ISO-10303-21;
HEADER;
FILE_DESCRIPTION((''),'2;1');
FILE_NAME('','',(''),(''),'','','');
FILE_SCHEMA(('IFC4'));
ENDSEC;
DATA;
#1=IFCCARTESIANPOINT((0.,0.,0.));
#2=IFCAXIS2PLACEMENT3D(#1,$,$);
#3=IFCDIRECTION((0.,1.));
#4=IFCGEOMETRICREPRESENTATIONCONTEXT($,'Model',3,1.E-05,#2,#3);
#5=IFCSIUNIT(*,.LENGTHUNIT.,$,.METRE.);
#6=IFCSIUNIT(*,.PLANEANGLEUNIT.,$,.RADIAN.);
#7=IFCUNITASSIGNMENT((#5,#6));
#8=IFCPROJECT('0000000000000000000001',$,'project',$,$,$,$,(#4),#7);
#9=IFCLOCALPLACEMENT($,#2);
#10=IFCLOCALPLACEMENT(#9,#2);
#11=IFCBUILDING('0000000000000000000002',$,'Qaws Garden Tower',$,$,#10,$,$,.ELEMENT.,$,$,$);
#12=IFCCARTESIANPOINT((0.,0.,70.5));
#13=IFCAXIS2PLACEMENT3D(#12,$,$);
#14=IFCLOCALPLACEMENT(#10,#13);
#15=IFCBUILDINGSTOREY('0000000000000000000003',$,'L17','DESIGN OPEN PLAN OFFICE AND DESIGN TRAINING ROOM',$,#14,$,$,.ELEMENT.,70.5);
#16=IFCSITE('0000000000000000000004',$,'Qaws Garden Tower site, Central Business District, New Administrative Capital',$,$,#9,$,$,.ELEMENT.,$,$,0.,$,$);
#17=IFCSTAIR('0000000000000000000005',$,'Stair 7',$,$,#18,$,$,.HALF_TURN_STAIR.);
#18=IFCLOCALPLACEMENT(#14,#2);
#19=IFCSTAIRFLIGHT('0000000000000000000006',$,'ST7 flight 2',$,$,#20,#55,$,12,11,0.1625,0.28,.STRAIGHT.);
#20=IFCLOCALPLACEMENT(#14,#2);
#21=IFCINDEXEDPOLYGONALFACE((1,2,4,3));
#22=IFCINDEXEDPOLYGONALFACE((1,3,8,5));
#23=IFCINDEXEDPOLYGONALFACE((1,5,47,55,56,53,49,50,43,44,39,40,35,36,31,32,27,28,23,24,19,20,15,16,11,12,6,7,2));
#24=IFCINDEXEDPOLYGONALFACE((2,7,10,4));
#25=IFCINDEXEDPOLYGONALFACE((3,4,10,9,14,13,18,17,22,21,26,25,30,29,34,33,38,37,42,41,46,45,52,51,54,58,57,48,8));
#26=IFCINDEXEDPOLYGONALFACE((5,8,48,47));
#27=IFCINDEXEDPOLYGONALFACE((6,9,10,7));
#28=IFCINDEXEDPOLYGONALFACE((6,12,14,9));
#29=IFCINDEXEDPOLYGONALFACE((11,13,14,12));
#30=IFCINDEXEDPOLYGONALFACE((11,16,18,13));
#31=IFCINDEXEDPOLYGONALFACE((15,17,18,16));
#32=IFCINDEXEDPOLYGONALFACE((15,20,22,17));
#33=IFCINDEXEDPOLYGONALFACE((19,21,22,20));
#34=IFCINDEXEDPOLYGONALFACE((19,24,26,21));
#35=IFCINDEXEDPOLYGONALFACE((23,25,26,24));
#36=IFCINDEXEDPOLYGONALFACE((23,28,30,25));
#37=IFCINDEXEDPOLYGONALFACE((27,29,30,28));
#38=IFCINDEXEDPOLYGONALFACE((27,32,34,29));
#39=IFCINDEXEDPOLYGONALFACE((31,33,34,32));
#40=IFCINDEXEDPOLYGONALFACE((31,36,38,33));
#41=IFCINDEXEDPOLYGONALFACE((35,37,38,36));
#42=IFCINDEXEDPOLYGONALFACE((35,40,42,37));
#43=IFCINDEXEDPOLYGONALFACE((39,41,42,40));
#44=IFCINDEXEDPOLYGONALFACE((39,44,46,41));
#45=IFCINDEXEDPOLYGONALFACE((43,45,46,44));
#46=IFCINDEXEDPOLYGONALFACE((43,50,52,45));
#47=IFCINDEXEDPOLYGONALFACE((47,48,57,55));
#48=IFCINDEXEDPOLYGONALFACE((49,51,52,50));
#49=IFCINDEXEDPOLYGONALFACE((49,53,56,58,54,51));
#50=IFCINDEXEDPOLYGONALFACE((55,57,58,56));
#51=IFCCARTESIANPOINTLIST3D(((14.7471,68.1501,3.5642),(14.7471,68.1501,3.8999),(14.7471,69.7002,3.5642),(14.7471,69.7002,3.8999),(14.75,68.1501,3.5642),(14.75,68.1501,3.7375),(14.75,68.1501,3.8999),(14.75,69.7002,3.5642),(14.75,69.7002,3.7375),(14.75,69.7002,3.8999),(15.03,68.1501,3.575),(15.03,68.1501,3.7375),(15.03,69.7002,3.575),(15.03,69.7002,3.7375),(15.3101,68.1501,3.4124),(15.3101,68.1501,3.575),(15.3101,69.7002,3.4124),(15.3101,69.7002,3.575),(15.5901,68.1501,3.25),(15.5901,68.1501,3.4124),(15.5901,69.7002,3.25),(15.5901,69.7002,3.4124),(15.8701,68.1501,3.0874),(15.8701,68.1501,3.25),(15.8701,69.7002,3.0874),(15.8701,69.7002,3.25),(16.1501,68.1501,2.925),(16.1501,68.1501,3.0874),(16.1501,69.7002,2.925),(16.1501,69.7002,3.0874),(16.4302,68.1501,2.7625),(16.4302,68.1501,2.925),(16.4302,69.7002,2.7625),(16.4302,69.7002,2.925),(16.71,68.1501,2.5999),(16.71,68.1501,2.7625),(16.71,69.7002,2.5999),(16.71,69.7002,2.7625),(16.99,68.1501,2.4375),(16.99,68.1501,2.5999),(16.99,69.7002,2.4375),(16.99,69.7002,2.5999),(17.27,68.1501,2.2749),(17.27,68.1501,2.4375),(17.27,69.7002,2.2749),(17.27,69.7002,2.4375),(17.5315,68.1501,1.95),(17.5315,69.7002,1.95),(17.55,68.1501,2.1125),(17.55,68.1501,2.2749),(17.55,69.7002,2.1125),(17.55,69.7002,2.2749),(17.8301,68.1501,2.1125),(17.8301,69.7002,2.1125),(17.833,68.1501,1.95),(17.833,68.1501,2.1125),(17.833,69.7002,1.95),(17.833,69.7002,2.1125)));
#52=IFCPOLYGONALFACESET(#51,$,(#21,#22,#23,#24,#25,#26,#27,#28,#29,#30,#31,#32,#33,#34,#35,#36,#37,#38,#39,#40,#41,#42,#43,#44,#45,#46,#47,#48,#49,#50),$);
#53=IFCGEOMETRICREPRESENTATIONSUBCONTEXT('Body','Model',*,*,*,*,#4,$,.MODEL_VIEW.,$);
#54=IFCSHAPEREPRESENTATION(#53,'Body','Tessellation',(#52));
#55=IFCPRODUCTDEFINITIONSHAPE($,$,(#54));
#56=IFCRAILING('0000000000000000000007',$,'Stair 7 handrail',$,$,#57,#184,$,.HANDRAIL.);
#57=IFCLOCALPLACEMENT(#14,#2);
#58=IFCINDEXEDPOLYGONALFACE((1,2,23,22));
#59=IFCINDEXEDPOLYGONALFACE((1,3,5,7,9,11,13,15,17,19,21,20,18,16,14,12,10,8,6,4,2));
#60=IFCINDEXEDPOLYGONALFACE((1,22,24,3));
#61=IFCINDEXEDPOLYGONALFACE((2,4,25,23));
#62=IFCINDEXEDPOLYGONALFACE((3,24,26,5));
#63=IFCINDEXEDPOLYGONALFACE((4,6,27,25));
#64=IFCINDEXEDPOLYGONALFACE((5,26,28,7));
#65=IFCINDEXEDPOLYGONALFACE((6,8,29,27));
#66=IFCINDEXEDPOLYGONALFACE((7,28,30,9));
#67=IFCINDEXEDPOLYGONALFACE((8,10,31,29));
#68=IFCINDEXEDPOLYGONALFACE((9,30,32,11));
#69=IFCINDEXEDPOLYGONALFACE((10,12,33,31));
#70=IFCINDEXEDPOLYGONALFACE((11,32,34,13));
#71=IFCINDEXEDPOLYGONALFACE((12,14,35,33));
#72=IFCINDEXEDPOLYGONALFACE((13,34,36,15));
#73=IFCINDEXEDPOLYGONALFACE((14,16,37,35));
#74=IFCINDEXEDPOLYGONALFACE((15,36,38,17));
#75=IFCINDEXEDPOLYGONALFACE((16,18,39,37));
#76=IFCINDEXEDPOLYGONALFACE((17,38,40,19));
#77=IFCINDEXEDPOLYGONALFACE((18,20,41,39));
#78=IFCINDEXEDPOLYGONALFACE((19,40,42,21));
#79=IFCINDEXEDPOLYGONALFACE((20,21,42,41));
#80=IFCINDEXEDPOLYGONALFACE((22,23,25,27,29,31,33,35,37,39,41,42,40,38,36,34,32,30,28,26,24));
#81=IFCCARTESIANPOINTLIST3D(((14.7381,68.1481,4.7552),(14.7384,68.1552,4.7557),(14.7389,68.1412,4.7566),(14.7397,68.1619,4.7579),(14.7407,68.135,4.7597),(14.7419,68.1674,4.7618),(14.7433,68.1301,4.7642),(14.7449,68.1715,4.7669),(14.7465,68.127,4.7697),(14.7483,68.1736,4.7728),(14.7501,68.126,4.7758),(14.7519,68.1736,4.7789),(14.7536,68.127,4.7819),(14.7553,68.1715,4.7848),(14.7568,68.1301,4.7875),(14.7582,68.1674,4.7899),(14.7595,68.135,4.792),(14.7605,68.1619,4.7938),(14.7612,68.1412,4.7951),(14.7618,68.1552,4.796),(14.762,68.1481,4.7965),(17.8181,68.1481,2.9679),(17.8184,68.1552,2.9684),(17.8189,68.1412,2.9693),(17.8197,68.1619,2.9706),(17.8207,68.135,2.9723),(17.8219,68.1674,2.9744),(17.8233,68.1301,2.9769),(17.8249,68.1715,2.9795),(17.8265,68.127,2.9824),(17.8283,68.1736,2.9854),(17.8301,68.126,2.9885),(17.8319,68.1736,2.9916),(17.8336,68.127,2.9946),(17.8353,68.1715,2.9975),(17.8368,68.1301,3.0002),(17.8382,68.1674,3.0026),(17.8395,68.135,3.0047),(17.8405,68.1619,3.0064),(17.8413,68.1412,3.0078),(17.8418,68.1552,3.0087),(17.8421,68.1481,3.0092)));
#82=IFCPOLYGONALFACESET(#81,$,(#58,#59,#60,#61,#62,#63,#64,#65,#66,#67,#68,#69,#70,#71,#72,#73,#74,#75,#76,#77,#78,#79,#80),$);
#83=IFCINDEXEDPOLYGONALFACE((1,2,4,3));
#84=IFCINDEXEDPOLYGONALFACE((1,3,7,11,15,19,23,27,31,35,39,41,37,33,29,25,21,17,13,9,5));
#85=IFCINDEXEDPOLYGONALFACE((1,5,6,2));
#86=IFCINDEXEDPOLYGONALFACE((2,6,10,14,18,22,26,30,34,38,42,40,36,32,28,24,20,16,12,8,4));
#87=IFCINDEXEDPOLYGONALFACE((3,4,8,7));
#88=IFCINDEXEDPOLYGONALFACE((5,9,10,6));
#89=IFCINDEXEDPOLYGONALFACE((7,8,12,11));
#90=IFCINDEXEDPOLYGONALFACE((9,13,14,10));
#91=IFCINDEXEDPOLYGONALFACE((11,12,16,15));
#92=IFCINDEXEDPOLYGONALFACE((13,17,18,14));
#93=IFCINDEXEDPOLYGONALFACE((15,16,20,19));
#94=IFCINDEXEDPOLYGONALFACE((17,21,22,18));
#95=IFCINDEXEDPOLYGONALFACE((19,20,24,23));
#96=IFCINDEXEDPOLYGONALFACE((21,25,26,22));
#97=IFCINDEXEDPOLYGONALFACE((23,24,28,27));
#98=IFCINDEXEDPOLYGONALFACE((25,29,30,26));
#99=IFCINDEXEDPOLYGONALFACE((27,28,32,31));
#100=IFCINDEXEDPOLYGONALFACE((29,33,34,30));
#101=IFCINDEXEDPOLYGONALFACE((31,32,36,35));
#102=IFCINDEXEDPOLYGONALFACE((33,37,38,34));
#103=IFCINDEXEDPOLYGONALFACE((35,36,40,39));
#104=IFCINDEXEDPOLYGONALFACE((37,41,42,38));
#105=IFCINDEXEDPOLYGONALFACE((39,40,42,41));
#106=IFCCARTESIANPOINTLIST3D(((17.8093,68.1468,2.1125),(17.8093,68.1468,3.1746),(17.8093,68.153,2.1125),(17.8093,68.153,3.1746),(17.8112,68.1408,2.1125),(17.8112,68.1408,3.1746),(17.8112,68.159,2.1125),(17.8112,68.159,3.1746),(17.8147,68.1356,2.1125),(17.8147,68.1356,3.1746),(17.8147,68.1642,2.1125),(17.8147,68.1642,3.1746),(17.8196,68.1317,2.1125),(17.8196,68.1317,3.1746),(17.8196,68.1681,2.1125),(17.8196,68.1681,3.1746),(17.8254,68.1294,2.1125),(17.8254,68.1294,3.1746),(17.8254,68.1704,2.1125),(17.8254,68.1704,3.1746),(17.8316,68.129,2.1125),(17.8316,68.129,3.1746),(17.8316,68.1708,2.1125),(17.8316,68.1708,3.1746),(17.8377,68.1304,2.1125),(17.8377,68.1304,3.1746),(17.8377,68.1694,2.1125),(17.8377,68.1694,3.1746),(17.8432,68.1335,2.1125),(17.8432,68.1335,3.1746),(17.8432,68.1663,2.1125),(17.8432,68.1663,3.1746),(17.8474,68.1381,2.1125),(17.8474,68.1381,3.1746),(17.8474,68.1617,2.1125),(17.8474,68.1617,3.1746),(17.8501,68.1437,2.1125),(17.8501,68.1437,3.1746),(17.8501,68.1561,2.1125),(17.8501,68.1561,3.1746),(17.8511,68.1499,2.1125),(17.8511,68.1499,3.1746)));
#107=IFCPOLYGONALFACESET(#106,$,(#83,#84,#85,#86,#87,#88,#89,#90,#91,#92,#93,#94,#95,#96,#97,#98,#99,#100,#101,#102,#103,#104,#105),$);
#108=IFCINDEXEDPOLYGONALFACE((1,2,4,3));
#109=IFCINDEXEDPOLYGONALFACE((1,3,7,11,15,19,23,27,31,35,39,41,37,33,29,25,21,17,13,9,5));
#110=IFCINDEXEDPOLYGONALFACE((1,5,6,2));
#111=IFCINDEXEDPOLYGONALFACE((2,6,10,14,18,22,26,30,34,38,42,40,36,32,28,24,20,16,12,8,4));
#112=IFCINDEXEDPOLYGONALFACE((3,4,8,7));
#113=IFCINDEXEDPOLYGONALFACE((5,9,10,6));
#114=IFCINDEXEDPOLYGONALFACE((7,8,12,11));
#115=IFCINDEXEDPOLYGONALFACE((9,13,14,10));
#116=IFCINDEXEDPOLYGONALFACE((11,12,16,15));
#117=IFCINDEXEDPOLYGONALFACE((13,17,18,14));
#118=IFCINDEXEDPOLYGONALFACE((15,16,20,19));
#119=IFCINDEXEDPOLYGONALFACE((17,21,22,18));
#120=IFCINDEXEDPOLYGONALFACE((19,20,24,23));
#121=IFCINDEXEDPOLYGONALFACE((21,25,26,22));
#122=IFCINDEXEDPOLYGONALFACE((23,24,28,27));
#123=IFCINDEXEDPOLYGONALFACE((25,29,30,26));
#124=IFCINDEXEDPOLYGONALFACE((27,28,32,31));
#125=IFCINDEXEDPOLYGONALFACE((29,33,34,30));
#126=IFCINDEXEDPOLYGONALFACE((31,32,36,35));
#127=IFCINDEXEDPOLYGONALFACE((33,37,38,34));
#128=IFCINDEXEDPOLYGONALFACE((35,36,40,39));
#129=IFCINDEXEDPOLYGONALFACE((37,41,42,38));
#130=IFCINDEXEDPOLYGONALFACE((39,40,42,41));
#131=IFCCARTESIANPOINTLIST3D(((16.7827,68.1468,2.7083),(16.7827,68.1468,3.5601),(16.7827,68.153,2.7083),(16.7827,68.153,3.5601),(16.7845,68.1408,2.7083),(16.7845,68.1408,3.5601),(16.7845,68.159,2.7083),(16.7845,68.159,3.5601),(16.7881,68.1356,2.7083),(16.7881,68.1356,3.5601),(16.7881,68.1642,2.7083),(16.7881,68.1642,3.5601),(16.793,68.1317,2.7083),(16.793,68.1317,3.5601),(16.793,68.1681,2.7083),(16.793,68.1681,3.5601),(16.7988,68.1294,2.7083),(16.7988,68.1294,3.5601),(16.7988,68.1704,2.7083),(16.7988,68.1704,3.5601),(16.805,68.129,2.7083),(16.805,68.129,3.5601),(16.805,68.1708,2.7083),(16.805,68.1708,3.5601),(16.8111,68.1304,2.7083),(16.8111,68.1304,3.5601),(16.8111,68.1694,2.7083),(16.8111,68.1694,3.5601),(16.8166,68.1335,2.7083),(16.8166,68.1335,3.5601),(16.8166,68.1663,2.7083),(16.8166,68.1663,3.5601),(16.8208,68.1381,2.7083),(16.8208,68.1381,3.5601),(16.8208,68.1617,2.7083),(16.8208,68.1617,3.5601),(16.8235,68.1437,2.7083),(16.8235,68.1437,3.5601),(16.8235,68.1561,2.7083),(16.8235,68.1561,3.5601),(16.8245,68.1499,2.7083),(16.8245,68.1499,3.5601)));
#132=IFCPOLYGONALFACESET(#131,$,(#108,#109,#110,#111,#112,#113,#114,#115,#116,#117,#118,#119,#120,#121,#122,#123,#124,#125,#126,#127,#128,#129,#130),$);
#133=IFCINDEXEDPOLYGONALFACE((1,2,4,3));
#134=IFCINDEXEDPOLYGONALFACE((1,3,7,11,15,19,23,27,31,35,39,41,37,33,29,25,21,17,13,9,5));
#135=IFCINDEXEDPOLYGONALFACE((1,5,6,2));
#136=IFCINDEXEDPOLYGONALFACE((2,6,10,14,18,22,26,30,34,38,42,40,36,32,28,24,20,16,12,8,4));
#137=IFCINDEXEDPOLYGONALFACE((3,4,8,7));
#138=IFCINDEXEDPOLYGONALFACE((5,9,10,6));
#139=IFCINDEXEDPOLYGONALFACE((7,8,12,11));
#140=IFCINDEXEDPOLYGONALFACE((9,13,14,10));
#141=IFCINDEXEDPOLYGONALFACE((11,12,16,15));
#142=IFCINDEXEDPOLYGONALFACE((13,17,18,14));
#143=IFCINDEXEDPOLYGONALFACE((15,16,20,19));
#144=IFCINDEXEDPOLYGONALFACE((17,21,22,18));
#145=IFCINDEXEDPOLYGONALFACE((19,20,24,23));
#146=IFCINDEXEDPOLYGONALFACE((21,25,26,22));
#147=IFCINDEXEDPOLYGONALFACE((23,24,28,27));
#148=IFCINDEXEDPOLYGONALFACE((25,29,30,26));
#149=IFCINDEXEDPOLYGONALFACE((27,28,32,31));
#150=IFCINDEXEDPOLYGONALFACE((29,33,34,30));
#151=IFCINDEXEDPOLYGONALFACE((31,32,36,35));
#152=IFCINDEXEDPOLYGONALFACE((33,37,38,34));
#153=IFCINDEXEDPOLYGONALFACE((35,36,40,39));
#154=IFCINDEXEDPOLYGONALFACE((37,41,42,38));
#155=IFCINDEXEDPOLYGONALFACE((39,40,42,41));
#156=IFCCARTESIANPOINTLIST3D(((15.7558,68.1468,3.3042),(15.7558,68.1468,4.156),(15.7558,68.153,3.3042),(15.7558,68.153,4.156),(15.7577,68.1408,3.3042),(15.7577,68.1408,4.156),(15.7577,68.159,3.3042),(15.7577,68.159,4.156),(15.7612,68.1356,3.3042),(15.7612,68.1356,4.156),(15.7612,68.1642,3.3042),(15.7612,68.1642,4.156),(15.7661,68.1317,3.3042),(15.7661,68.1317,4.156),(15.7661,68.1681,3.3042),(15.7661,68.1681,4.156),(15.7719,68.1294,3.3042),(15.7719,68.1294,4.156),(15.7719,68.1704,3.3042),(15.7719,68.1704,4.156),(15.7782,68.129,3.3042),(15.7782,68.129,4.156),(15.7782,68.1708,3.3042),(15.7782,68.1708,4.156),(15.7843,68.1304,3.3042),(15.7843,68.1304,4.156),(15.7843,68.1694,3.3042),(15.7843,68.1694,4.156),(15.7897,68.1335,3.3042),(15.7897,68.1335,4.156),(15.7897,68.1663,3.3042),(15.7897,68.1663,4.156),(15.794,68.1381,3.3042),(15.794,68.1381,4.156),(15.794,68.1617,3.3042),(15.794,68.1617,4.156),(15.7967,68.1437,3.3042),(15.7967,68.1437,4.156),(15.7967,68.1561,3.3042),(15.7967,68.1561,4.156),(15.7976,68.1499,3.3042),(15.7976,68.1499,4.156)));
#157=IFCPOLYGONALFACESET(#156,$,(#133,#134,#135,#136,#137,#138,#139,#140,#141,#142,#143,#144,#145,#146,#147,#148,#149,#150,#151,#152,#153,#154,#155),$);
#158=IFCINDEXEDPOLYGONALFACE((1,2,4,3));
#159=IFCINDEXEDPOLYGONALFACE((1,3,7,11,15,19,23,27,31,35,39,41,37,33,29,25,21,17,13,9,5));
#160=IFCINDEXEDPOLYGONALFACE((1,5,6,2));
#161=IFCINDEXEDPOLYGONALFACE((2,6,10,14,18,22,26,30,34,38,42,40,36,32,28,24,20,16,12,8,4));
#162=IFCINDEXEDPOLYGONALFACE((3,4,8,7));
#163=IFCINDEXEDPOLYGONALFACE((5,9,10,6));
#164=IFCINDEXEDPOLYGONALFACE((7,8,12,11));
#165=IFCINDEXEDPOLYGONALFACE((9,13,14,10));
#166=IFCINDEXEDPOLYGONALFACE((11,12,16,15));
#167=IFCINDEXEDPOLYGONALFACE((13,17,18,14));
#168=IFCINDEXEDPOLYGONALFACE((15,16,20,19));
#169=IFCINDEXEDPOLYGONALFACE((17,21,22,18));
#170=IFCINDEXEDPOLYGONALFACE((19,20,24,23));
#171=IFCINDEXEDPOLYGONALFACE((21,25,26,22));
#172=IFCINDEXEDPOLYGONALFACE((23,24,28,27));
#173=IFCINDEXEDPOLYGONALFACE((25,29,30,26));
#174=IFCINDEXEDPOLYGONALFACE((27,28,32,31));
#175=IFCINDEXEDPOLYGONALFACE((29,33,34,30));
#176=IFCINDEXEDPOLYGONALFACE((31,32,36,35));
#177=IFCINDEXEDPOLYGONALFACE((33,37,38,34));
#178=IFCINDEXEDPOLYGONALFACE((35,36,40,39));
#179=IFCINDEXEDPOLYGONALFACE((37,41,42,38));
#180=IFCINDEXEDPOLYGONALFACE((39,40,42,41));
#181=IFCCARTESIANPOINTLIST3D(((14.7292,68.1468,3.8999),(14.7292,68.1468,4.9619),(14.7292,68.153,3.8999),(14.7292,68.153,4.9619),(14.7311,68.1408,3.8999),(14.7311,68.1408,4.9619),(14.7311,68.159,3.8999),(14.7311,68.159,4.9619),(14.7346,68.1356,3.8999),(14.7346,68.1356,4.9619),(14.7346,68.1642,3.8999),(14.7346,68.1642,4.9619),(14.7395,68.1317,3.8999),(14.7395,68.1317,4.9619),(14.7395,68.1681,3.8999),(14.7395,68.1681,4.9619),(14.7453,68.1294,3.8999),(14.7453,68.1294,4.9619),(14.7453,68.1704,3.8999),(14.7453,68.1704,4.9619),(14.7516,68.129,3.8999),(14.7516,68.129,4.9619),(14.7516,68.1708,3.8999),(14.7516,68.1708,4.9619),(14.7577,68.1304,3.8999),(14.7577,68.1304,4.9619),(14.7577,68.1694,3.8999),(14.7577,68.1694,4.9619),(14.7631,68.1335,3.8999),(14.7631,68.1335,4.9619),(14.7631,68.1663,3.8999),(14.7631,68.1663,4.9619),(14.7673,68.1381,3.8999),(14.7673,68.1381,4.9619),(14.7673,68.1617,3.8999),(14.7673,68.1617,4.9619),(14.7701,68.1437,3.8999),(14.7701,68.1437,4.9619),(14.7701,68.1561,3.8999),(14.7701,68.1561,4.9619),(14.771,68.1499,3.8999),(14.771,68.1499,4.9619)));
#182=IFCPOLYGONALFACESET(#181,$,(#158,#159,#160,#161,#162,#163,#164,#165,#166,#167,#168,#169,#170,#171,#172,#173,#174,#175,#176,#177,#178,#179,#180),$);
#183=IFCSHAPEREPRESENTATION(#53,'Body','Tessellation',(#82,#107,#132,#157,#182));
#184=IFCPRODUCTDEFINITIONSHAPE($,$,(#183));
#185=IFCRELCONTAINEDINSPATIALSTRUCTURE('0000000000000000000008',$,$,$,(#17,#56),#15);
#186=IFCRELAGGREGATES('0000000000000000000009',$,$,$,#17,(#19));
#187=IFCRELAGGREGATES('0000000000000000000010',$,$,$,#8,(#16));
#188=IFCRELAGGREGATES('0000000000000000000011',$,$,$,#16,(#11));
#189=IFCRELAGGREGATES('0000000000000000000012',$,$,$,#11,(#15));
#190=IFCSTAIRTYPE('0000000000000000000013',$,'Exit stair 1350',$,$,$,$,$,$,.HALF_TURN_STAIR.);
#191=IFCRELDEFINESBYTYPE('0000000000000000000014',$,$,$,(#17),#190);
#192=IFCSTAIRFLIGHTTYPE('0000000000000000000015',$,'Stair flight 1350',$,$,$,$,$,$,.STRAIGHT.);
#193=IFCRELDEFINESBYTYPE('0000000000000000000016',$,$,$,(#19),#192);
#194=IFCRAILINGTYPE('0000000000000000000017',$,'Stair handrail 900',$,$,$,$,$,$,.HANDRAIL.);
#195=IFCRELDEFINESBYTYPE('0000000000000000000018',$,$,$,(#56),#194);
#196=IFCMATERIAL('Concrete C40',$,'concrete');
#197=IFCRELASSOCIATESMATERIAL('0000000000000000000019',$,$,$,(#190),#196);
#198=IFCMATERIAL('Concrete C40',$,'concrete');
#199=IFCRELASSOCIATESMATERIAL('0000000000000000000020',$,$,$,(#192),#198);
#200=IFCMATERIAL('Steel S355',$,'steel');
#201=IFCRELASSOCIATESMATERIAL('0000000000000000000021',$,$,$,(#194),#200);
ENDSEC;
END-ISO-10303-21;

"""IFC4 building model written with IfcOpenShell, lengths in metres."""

from ifc_helpers import new_model, si_unit, direction, frame, origin, origin_2d, place, context, subcontext, project, spatial, polyline, circle, outline, extrude, material, type_object, element, aggregate, save


model = new_model("IFC4")

# Units and contexts
model_context = context("Model", 3, precision=1e-05, world=origin(), true_north=direction((0.0, 1.0)))
body_context = subcontext(model_context, "Body", "Model", "MODEL_VIEW")
ifc_project = project(units=[si_unit("LENGTHUNIT", "METRE"), si_unit("PLANEANGLEUNIT", "RADIAN")], contexts=[model_context])

# Site, building, storey
site_placement = place(None, origin())
site = spatial("IfcSite", under=ifc_project, at=site_placement, Name="Qaws Garden Tower site, Central Business District, New Administrative Capital", CompositionType="ELEMENT", RefElevation=0.0)
building_placement = place(site_placement, origin())
building = spatial("IfcBuilding", under=site, at=building_placement, Name="Qaws Garden Tower", CompositionType="ELEMENT")
storey_placement = place(building_placement, frame((0.0, 0.0, 70.5)))
storey = spatial("IfcBuildingStorey", under=building, at=storey_placement, Name="L17", Description="DESIGN OPEN PLAN OFFICE AND DESIGN TRAINING ROOM", CompositionType="ELEMENT", Elevation=70.5)

# Stair, stair flight
ifc_material_1 = material(Name="Concrete C40", Category="concrete")
stair_type = type_object("IfcStairType", Name="Exit stair 1350", PredefinedType="HALF_TURN_STAIR", material=ifc_material_1)
stair_placement = place(storey_placement, origin())
stair = element("IfcStair", 1, at=stair_placement, inside=storey, type_object=stair_type, Name="Stair 7", PredefinedType="HALF_TURN_STAIR")
ifc_material_2 = material(Name="Concrete C40", Category="concrete")
stair_flight_type = type_object("IfcStairFlightType", Name="Stair flight 1350", PredefinedType="STRAIGHT", material=ifc_material_2)
stair_flight_placement = place(storey_placement, frame((17.8301, 68.925, 1.95), z_axis=(0.0, 0.0, 1.0), x_axis=(-1.0, 0.0, 0.0)))
stair_flight = element("IfcStairFlight", 2, at=stair_flight_placement, type_object=stair_flight_type, Name="ST7 flight 2", NumberOfRisers=12, NumberOfTreads=11, PredefinedType="STRAIGHT", RiserHeight=0.1625, TreadLength=0.28, context=body_context, shape_type="SweptSolid", body=[
    extrude(outline(polyline([(-0.0029, 0.0), (-0.0029, 0.1626), (0.0, 0.1626), (0.28, 0.1626), (0.28, 0.325), (0.5601, 0.325), (0.5601, 0.4875), (0.8401, 0.4875), (0.8401, 0.6499), (1.1201, 0.6499), (1.1201, 0.8125), (1.3999, 0.8125), (1.3999, 0.9751), (1.6799, 0.9751), (1.6799, 1.1375), (1.96, 1.1375), (1.96, 1.3), (2.24, 1.3), (2.24, 1.4624), (2.52, 1.4624), (2.52, 1.625), (2.8, 1.625), (2.8, 1.7876), (3.0801, 1.7876), (3.0801, 1.95), (3.083, 1.95), (3.083, 1.6143), (3.0801, 1.6143), (0.2986, 0.0), (-0.0029, 0.0)])), frame((0.0, 0.7749, 0.0), z_axis=(0.0, -1.0, 0.0), x_axis=(1.0, 0.0, 0.0)), (0.0, 0.0, 1.0), 1.55),
])
aggregate(stair, [stair_flight])

# Railing
ifc_material_3 = material(Name="Steel S355", Category="steel")
railing_type = type_object("IfcRailingType", Name="Stair handrail 900", PredefinedType="HANDRAIL", material=ifc_material_3)
railing_placement = place(storey_placement, frame((17.8301, 68.1499, 2.1125)))
element("IfcRailing", 3, at=railing_placement, inside=storey, type_object=railing_type, Name="Stair 7 handrail", PredefinedType="HANDRAIL", context=body_context, shape_type="SweptSolid", body=[
    extrude(circle(Radius=0.0239, at=origin_2d()), frame((0.0, 0.0, 0.876), z_axis=(-0.86492, 0.0, 0.501909), x_axis=(0.0, -1.0, 0.0)), (0.0, 0.0, 1.0), 3.561),
    extrude(circle(Radius=0.021, at=origin_2d()), origin(), (0.0, 0.0, 1.0), 1.062),
    extrude(circle(Radius=0.021, at=origin_2d()), frame((-1.0266, 0.0, 0.5957)), (0.0, 0.0, 1.0), 0.8518),
    extrude(circle(Radius=0.021, at=origin_2d()), frame((-2.0535, 0.0, 1.1917)), (0.0, 0.0, 1.0), 0.8518),
    extrude(circle(Radius=0.021, at=origin_2d()), frame((-3.0801, 0.0, 1.7874)), (0.0, 0.0, 1.0), 1.062),
])

save(model, "model.ifc")
